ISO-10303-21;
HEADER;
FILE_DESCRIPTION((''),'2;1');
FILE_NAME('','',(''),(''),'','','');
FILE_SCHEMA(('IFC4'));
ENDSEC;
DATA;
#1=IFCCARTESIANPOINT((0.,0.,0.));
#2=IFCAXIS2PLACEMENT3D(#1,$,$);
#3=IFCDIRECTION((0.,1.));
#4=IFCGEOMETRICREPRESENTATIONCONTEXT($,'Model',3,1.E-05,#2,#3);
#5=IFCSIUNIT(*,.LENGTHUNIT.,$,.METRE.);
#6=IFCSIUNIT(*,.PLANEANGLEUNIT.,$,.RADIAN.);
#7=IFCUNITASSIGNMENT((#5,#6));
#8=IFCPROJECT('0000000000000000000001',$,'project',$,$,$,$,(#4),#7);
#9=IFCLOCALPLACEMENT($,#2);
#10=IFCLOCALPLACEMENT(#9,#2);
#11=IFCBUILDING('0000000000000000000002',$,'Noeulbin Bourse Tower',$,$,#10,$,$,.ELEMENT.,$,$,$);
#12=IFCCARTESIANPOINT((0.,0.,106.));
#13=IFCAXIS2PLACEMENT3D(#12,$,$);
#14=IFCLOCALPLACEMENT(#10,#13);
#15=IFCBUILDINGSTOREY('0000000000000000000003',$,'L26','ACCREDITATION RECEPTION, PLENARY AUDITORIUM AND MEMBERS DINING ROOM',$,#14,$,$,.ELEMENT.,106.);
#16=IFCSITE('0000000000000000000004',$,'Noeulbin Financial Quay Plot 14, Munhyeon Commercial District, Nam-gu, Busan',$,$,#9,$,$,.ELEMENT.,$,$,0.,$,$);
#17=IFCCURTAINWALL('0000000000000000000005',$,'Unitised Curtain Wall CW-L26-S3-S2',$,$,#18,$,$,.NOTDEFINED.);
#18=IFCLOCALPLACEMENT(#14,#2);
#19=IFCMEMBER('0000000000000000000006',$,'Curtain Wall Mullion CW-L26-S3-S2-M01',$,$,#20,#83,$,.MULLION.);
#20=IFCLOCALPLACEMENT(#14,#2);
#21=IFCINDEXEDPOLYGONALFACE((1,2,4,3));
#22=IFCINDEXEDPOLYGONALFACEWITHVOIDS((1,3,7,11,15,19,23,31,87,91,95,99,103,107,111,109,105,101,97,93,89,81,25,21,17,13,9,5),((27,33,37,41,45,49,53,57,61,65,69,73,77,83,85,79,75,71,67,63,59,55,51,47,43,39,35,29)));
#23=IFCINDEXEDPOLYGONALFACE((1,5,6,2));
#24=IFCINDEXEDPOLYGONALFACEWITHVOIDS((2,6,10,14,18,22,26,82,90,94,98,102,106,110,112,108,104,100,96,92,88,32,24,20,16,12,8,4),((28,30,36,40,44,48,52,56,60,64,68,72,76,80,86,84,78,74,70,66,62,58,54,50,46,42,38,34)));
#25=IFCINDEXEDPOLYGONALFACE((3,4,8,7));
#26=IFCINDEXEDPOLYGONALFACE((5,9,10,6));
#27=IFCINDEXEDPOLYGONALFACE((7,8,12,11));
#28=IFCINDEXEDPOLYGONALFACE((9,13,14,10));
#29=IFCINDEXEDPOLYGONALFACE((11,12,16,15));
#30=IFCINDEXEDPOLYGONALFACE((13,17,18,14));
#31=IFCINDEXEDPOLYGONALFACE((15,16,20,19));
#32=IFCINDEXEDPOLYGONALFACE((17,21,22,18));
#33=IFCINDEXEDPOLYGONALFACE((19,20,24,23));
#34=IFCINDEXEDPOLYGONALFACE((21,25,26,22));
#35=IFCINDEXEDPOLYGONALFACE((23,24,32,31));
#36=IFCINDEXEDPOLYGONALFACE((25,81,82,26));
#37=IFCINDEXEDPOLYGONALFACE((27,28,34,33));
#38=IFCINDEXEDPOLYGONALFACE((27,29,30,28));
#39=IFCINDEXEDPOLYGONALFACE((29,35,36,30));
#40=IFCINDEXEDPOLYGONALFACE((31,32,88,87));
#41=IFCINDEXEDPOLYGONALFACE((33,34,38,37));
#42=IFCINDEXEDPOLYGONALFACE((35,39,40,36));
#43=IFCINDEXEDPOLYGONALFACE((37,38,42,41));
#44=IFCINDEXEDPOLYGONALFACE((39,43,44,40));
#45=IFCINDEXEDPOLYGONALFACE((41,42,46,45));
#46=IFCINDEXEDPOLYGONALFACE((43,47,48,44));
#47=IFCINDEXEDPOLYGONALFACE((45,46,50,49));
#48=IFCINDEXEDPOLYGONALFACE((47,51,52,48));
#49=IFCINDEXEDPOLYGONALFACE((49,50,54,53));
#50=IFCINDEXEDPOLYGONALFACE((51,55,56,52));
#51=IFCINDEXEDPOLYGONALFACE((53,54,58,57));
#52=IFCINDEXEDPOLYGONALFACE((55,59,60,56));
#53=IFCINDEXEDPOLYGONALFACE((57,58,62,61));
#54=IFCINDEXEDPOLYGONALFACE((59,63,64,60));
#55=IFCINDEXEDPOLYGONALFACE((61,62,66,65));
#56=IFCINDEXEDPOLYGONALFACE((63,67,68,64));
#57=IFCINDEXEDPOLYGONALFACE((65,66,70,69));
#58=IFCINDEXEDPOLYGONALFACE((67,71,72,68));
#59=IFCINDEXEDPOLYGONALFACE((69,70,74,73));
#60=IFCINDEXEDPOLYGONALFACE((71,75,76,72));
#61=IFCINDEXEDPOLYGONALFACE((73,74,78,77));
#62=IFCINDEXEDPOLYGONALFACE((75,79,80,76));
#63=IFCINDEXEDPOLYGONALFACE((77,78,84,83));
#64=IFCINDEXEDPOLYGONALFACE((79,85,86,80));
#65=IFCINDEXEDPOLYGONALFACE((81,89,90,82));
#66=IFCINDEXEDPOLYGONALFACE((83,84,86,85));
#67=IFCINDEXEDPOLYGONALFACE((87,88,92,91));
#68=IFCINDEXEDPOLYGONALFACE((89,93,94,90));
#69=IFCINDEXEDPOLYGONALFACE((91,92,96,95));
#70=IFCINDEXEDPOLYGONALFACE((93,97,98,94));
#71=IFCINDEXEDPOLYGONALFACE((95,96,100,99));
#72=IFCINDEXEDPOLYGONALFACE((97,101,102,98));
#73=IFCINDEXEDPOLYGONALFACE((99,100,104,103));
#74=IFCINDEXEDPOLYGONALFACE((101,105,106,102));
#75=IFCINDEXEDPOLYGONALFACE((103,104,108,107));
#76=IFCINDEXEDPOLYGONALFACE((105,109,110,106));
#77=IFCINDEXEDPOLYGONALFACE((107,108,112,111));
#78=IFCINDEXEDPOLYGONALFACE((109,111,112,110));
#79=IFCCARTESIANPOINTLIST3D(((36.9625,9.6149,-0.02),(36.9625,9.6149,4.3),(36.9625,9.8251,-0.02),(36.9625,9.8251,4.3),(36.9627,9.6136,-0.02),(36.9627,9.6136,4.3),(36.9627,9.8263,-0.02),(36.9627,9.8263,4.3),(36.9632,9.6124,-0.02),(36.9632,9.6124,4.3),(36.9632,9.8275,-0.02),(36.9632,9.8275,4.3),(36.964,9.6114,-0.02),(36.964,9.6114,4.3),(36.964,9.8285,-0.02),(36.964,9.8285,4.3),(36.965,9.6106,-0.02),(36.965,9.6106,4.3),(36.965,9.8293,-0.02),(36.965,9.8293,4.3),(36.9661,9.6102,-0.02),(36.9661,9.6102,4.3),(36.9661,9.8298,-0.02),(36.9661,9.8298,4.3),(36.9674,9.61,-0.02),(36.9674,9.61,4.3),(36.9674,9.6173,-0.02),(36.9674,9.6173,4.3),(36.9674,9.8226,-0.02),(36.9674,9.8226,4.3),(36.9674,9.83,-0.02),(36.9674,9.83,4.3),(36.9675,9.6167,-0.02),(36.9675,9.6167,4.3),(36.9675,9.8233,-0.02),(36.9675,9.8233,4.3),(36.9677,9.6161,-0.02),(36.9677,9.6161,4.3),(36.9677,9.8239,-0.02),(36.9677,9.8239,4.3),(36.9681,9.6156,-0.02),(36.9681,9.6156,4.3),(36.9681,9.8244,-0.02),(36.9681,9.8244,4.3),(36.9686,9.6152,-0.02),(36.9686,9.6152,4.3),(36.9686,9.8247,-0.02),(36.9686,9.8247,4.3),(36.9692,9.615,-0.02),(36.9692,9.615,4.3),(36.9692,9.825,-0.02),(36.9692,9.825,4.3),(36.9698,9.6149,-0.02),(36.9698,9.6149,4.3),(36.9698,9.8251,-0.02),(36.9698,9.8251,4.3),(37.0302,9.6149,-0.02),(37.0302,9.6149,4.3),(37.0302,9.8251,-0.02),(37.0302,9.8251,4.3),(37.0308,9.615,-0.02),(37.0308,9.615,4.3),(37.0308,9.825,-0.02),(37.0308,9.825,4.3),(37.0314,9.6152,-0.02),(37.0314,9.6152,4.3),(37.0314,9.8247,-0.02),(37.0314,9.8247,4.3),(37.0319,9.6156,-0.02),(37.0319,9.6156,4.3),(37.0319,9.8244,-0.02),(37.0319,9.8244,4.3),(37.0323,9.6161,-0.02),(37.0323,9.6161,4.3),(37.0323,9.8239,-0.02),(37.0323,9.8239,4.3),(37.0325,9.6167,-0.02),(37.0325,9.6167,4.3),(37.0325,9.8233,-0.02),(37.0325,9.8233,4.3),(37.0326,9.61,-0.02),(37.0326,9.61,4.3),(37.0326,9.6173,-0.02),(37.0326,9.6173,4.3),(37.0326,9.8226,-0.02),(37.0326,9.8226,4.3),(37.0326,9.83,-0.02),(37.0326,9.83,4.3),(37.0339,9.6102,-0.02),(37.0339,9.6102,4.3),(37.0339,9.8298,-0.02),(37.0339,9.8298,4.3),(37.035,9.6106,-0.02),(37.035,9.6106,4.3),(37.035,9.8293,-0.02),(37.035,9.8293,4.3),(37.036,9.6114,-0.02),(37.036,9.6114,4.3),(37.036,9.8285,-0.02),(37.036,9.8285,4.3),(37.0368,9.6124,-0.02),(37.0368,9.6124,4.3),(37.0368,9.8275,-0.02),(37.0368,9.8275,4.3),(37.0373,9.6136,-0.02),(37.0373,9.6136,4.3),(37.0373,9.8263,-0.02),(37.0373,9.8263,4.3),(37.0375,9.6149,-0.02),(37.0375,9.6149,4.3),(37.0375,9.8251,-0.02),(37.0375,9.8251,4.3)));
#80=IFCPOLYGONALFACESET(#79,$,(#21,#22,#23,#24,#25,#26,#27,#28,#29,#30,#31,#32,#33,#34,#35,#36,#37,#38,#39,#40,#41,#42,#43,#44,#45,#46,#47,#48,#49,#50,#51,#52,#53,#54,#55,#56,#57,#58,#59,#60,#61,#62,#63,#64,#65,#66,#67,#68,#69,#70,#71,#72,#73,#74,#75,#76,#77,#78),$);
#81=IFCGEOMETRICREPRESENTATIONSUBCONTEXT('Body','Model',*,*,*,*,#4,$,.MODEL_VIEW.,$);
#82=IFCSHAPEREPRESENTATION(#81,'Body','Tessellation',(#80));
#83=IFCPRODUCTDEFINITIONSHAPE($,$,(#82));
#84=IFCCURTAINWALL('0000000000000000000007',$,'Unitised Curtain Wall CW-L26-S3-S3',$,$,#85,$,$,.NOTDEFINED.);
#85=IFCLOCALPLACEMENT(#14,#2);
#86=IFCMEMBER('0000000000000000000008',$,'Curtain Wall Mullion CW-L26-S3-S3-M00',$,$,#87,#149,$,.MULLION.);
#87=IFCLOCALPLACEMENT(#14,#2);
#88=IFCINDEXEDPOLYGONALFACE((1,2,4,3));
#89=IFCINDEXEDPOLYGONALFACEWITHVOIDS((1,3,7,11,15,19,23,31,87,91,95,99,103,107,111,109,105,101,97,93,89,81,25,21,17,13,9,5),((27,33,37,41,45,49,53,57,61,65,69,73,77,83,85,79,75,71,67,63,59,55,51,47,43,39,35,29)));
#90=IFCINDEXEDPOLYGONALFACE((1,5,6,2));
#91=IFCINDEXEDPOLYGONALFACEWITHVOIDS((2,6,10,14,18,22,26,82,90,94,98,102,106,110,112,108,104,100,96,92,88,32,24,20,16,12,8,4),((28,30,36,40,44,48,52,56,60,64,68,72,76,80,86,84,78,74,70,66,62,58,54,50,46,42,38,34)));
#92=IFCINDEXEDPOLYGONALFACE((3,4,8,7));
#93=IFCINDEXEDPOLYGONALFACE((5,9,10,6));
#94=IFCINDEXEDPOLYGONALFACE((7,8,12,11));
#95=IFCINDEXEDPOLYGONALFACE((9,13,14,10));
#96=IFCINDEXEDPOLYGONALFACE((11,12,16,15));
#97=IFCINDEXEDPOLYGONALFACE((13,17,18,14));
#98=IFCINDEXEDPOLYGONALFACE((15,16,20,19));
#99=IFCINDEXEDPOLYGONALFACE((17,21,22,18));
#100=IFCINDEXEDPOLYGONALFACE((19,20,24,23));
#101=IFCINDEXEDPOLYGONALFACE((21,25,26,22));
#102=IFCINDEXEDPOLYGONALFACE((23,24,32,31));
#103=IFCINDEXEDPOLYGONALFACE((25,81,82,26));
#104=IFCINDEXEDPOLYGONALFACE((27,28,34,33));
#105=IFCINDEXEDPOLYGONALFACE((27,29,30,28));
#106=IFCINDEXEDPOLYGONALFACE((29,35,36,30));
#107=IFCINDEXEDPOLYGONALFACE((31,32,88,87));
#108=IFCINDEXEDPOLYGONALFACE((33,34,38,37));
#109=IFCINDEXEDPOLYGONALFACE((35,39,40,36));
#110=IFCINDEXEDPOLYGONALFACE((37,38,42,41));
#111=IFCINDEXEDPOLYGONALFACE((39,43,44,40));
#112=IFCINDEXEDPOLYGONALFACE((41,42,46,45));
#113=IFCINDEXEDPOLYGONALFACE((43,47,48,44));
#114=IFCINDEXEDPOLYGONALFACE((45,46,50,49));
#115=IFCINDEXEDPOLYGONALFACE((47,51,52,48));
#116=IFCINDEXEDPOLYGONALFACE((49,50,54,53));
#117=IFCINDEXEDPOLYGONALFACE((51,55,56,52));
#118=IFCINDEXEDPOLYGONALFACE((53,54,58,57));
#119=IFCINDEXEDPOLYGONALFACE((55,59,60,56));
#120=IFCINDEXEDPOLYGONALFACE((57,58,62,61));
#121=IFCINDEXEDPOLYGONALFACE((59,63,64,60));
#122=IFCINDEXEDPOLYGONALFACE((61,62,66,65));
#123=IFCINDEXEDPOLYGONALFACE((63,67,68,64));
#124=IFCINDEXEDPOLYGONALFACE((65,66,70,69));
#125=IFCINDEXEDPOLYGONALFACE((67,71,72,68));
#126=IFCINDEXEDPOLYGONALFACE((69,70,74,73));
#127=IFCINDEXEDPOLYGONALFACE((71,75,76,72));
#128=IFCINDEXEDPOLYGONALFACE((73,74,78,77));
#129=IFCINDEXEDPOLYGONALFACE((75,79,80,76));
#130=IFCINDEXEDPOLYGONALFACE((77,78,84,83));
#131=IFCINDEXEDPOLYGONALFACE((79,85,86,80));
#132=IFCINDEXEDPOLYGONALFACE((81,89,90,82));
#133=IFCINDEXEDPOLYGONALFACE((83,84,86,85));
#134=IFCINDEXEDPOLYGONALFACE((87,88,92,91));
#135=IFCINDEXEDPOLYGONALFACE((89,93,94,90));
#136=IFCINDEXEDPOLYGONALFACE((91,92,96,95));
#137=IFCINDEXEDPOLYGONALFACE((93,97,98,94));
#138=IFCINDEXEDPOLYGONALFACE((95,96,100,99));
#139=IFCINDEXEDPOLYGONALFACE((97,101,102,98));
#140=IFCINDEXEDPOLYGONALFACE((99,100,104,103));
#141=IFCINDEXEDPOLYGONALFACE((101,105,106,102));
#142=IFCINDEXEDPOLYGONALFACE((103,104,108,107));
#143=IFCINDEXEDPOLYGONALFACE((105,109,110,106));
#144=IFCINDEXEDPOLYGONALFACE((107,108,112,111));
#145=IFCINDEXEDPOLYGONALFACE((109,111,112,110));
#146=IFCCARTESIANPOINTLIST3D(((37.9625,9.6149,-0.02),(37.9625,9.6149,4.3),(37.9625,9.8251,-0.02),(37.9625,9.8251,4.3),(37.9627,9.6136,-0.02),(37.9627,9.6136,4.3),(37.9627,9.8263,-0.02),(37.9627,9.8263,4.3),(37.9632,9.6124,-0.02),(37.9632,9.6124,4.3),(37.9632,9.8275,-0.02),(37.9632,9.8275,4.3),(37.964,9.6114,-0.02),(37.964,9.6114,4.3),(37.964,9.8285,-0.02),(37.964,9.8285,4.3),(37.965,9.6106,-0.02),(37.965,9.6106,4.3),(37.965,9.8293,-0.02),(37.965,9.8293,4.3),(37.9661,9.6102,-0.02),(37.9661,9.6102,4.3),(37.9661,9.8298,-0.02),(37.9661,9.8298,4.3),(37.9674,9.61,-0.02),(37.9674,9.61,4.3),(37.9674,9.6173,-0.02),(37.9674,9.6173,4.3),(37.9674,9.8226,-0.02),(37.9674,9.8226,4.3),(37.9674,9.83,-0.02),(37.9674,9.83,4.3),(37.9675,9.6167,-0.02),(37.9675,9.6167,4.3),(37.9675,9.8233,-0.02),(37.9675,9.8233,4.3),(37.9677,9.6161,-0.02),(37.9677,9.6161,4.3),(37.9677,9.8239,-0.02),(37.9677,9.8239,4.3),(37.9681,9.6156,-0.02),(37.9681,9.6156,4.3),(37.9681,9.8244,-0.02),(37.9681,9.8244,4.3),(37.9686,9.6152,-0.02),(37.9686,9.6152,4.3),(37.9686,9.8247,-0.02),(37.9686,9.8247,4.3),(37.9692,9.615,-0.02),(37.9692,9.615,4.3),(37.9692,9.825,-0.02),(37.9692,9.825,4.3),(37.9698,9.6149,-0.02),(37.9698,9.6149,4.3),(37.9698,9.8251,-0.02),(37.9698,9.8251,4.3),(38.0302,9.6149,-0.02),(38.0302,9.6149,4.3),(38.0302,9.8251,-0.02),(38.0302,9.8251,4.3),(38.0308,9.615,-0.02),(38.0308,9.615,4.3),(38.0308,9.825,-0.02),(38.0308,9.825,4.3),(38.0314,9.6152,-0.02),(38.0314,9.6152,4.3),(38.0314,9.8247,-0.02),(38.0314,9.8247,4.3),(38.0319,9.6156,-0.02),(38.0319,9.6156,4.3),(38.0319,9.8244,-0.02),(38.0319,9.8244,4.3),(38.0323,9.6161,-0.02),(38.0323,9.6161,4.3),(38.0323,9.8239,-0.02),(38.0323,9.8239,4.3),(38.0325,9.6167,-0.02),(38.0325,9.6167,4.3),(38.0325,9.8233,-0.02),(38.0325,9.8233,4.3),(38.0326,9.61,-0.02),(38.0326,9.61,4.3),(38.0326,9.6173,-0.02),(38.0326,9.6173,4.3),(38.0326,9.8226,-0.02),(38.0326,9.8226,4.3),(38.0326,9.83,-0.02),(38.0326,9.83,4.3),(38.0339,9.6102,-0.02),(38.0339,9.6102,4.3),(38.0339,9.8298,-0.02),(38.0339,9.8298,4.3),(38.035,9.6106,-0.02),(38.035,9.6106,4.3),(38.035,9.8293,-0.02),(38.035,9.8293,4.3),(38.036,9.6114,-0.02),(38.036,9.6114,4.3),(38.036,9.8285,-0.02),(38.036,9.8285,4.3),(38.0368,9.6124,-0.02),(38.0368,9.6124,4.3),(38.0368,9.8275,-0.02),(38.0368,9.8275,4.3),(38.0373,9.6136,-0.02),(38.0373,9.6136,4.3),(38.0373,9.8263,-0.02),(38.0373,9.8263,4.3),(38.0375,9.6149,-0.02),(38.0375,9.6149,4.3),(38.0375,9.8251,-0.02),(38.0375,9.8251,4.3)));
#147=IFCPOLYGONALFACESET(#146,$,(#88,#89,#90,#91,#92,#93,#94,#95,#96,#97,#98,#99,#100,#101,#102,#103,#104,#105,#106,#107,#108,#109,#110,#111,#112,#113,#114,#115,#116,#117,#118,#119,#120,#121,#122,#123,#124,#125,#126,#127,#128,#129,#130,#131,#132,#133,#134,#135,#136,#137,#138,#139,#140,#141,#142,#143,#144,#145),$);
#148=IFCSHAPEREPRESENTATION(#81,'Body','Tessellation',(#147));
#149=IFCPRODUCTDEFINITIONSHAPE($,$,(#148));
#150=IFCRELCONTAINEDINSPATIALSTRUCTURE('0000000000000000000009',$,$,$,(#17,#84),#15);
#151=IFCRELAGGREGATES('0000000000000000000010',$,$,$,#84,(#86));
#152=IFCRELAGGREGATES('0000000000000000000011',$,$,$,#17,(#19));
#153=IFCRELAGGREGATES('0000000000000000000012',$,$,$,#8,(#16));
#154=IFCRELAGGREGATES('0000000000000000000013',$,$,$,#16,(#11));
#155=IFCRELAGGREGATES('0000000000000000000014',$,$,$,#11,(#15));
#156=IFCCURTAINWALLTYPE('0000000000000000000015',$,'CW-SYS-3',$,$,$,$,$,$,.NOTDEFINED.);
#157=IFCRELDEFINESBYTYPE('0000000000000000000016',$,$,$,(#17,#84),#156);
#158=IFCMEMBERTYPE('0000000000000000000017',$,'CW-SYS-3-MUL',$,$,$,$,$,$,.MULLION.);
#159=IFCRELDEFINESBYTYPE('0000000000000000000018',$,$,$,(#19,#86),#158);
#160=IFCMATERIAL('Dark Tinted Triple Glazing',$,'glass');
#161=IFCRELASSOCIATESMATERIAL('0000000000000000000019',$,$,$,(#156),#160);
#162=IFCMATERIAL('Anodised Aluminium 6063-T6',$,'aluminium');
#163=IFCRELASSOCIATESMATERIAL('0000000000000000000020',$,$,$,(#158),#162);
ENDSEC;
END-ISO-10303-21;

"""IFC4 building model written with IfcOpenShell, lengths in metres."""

from ifc_helpers import new_model, si_unit, direction, frame, origin, origin_2d, place, context, subcontext, project, spatial, hollow_rectangle, extrude, material, material_profile, profile_set, type_object, element, aggregate, save


model = new_model("IFC4")

# Units and contexts
model_context = context("Model", 3, precision=1e-05, world=origin(), true_north=direction((0.0, 1.0)))
body_context = subcontext(model_context, "Body", "Model", "MODEL_VIEW")
ifc_project = project(units=[si_unit("LENGTHUNIT", "METRE"), si_unit("PLANEANGLEUNIT", "RADIAN")], contexts=[model_context])

# Site, building, storey
site_placement = place(None, origin())
site = spatial("IfcSite", under=ifc_project, at=site_placement, Name="Noeulbin Financial Quay Plot 14, Munhyeon Commercial District, Nam-gu, Busan", CompositionType="ELEMENT", RefElevation=0.0)
building_placement = place(site_placement, origin())
building = spatial("IfcBuilding", under=site, at=building_placement, Name="Noeulbin Bourse Tower", CompositionType="ELEMENT")
storey_placement = place(building_placement, frame((0.0, 0.0, 106.0)))
storey = spatial("IfcBuildingStorey", under=building, at=storey_placement, Name="L26", Description="ACCREDITATION RECEPTION, PLENARY AUDITORIUM AND MEMBERS DINING ROOM", CompositionType="ELEMENT", Elevation=106.0)

# Curtain wall, member
ifc_material_1 = material(Name="Dark Tinted Triple Glazing", Category="glass")
curtain_wall_type = type_object("IfcCurtainWallType", Name="CW-SYS-3", PredefinedType="NOTDEFINED", material=ifc_material_1)
ifc_material_2 = material(Name="Anodised Aluminium 6063-T6", Category="aluminium")
ifc_material_profile_1 = material_profile(ifc_material_2, hollow_rectangle(XDim=0.075, YDim=0.22, WallThickness=0.0049, InnerFilletRadius=0.0024, OuterFilletRadius=0.0049, at=origin_2d()), Name="ALU-MULL-75x220x5", Category="LoadBearing")
ifc_profile_set_1 = profile_set([ifc_material_profile_1], Name="Anodised Aluminium 6063-T6")
member_type_1 = type_object("IfcMemberType", Name="CW-SYS-3-MUL", PredefinedType="MULLION", material=ifc_profile_set_1)
curtain_wall_1_placement = place(storey_placement, origin())
curtain_wall_1 = element("IfcCurtainWall", 1, at=curtain_wall_1_placement, inside=storey, type_object=curtain_wall_type, Name="Unitised Curtain Wall CW-L26-S3-S2", PredefinedType="NOTDEFINED")
member_1_placement = place(storey_placement, frame((37.0, 9.72, -0.02), z_axis=(0.0, 0.0, 1.0), x_axis=(1.0, 0.0, 0.0)))
member_1 = element("IfcMember", 2, at=member_1_placement, type_object=member_type_1, Name="Curtain Wall Mullion CW-L26-S3-S2-M01", PredefinedType="MULLION", context=body_context, shape_type="SweptSolid", body=[
    extrude(hollow_rectangle(XDim=0.075, YDim=0.22, WallThickness=0.0049, InnerFilletRadius=0.0024, OuterFilletRadius=0.0049, at=origin_2d()), origin(), (0.0, 0.0, 1.0), 4.3201),
])

# Curtain wall, member
curtain_wall_2_placement = place(storey_placement, origin())
curtain_wall_2 = element("IfcCurtainWall", 3, at=curtain_wall_2_placement, inside=storey, type_object=curtain_wall_type, Name="Unitised Curtain Wall CW-L26-S3-S3", PredefinedType="NOTDEFINED")
member_2_placement = place(storey_placement, frame((38.0, 9.72, -0.02), z_axis=(0.0, 0.0, 1.0), x_axis=(1.0, 0.0, 0.0)))
member_2 = element("IfcMember", 4, at=member_2_placement, type_object=member_type_1, Name="Curtain Wall Mullion CW-L26-S3-S3-M00", PredefinedType="MULLION", context=body_context, shape_type="SweptSolid", body=[
    extrude(hollow_rectangle(XDim=0.075, YDim=0.22, WallThickness=0.0049, InnerFilletRadius=0.0024, OuterFilletRadius=0.0049, at=origin_2d()), origin(), (0.0, 0.0, 1.0), 4.3201),
])

aggregate(curtain_wall_2, [member_2])

aggregate(curtain_wall_1, [member_1])

save(model, "model.ifc")
